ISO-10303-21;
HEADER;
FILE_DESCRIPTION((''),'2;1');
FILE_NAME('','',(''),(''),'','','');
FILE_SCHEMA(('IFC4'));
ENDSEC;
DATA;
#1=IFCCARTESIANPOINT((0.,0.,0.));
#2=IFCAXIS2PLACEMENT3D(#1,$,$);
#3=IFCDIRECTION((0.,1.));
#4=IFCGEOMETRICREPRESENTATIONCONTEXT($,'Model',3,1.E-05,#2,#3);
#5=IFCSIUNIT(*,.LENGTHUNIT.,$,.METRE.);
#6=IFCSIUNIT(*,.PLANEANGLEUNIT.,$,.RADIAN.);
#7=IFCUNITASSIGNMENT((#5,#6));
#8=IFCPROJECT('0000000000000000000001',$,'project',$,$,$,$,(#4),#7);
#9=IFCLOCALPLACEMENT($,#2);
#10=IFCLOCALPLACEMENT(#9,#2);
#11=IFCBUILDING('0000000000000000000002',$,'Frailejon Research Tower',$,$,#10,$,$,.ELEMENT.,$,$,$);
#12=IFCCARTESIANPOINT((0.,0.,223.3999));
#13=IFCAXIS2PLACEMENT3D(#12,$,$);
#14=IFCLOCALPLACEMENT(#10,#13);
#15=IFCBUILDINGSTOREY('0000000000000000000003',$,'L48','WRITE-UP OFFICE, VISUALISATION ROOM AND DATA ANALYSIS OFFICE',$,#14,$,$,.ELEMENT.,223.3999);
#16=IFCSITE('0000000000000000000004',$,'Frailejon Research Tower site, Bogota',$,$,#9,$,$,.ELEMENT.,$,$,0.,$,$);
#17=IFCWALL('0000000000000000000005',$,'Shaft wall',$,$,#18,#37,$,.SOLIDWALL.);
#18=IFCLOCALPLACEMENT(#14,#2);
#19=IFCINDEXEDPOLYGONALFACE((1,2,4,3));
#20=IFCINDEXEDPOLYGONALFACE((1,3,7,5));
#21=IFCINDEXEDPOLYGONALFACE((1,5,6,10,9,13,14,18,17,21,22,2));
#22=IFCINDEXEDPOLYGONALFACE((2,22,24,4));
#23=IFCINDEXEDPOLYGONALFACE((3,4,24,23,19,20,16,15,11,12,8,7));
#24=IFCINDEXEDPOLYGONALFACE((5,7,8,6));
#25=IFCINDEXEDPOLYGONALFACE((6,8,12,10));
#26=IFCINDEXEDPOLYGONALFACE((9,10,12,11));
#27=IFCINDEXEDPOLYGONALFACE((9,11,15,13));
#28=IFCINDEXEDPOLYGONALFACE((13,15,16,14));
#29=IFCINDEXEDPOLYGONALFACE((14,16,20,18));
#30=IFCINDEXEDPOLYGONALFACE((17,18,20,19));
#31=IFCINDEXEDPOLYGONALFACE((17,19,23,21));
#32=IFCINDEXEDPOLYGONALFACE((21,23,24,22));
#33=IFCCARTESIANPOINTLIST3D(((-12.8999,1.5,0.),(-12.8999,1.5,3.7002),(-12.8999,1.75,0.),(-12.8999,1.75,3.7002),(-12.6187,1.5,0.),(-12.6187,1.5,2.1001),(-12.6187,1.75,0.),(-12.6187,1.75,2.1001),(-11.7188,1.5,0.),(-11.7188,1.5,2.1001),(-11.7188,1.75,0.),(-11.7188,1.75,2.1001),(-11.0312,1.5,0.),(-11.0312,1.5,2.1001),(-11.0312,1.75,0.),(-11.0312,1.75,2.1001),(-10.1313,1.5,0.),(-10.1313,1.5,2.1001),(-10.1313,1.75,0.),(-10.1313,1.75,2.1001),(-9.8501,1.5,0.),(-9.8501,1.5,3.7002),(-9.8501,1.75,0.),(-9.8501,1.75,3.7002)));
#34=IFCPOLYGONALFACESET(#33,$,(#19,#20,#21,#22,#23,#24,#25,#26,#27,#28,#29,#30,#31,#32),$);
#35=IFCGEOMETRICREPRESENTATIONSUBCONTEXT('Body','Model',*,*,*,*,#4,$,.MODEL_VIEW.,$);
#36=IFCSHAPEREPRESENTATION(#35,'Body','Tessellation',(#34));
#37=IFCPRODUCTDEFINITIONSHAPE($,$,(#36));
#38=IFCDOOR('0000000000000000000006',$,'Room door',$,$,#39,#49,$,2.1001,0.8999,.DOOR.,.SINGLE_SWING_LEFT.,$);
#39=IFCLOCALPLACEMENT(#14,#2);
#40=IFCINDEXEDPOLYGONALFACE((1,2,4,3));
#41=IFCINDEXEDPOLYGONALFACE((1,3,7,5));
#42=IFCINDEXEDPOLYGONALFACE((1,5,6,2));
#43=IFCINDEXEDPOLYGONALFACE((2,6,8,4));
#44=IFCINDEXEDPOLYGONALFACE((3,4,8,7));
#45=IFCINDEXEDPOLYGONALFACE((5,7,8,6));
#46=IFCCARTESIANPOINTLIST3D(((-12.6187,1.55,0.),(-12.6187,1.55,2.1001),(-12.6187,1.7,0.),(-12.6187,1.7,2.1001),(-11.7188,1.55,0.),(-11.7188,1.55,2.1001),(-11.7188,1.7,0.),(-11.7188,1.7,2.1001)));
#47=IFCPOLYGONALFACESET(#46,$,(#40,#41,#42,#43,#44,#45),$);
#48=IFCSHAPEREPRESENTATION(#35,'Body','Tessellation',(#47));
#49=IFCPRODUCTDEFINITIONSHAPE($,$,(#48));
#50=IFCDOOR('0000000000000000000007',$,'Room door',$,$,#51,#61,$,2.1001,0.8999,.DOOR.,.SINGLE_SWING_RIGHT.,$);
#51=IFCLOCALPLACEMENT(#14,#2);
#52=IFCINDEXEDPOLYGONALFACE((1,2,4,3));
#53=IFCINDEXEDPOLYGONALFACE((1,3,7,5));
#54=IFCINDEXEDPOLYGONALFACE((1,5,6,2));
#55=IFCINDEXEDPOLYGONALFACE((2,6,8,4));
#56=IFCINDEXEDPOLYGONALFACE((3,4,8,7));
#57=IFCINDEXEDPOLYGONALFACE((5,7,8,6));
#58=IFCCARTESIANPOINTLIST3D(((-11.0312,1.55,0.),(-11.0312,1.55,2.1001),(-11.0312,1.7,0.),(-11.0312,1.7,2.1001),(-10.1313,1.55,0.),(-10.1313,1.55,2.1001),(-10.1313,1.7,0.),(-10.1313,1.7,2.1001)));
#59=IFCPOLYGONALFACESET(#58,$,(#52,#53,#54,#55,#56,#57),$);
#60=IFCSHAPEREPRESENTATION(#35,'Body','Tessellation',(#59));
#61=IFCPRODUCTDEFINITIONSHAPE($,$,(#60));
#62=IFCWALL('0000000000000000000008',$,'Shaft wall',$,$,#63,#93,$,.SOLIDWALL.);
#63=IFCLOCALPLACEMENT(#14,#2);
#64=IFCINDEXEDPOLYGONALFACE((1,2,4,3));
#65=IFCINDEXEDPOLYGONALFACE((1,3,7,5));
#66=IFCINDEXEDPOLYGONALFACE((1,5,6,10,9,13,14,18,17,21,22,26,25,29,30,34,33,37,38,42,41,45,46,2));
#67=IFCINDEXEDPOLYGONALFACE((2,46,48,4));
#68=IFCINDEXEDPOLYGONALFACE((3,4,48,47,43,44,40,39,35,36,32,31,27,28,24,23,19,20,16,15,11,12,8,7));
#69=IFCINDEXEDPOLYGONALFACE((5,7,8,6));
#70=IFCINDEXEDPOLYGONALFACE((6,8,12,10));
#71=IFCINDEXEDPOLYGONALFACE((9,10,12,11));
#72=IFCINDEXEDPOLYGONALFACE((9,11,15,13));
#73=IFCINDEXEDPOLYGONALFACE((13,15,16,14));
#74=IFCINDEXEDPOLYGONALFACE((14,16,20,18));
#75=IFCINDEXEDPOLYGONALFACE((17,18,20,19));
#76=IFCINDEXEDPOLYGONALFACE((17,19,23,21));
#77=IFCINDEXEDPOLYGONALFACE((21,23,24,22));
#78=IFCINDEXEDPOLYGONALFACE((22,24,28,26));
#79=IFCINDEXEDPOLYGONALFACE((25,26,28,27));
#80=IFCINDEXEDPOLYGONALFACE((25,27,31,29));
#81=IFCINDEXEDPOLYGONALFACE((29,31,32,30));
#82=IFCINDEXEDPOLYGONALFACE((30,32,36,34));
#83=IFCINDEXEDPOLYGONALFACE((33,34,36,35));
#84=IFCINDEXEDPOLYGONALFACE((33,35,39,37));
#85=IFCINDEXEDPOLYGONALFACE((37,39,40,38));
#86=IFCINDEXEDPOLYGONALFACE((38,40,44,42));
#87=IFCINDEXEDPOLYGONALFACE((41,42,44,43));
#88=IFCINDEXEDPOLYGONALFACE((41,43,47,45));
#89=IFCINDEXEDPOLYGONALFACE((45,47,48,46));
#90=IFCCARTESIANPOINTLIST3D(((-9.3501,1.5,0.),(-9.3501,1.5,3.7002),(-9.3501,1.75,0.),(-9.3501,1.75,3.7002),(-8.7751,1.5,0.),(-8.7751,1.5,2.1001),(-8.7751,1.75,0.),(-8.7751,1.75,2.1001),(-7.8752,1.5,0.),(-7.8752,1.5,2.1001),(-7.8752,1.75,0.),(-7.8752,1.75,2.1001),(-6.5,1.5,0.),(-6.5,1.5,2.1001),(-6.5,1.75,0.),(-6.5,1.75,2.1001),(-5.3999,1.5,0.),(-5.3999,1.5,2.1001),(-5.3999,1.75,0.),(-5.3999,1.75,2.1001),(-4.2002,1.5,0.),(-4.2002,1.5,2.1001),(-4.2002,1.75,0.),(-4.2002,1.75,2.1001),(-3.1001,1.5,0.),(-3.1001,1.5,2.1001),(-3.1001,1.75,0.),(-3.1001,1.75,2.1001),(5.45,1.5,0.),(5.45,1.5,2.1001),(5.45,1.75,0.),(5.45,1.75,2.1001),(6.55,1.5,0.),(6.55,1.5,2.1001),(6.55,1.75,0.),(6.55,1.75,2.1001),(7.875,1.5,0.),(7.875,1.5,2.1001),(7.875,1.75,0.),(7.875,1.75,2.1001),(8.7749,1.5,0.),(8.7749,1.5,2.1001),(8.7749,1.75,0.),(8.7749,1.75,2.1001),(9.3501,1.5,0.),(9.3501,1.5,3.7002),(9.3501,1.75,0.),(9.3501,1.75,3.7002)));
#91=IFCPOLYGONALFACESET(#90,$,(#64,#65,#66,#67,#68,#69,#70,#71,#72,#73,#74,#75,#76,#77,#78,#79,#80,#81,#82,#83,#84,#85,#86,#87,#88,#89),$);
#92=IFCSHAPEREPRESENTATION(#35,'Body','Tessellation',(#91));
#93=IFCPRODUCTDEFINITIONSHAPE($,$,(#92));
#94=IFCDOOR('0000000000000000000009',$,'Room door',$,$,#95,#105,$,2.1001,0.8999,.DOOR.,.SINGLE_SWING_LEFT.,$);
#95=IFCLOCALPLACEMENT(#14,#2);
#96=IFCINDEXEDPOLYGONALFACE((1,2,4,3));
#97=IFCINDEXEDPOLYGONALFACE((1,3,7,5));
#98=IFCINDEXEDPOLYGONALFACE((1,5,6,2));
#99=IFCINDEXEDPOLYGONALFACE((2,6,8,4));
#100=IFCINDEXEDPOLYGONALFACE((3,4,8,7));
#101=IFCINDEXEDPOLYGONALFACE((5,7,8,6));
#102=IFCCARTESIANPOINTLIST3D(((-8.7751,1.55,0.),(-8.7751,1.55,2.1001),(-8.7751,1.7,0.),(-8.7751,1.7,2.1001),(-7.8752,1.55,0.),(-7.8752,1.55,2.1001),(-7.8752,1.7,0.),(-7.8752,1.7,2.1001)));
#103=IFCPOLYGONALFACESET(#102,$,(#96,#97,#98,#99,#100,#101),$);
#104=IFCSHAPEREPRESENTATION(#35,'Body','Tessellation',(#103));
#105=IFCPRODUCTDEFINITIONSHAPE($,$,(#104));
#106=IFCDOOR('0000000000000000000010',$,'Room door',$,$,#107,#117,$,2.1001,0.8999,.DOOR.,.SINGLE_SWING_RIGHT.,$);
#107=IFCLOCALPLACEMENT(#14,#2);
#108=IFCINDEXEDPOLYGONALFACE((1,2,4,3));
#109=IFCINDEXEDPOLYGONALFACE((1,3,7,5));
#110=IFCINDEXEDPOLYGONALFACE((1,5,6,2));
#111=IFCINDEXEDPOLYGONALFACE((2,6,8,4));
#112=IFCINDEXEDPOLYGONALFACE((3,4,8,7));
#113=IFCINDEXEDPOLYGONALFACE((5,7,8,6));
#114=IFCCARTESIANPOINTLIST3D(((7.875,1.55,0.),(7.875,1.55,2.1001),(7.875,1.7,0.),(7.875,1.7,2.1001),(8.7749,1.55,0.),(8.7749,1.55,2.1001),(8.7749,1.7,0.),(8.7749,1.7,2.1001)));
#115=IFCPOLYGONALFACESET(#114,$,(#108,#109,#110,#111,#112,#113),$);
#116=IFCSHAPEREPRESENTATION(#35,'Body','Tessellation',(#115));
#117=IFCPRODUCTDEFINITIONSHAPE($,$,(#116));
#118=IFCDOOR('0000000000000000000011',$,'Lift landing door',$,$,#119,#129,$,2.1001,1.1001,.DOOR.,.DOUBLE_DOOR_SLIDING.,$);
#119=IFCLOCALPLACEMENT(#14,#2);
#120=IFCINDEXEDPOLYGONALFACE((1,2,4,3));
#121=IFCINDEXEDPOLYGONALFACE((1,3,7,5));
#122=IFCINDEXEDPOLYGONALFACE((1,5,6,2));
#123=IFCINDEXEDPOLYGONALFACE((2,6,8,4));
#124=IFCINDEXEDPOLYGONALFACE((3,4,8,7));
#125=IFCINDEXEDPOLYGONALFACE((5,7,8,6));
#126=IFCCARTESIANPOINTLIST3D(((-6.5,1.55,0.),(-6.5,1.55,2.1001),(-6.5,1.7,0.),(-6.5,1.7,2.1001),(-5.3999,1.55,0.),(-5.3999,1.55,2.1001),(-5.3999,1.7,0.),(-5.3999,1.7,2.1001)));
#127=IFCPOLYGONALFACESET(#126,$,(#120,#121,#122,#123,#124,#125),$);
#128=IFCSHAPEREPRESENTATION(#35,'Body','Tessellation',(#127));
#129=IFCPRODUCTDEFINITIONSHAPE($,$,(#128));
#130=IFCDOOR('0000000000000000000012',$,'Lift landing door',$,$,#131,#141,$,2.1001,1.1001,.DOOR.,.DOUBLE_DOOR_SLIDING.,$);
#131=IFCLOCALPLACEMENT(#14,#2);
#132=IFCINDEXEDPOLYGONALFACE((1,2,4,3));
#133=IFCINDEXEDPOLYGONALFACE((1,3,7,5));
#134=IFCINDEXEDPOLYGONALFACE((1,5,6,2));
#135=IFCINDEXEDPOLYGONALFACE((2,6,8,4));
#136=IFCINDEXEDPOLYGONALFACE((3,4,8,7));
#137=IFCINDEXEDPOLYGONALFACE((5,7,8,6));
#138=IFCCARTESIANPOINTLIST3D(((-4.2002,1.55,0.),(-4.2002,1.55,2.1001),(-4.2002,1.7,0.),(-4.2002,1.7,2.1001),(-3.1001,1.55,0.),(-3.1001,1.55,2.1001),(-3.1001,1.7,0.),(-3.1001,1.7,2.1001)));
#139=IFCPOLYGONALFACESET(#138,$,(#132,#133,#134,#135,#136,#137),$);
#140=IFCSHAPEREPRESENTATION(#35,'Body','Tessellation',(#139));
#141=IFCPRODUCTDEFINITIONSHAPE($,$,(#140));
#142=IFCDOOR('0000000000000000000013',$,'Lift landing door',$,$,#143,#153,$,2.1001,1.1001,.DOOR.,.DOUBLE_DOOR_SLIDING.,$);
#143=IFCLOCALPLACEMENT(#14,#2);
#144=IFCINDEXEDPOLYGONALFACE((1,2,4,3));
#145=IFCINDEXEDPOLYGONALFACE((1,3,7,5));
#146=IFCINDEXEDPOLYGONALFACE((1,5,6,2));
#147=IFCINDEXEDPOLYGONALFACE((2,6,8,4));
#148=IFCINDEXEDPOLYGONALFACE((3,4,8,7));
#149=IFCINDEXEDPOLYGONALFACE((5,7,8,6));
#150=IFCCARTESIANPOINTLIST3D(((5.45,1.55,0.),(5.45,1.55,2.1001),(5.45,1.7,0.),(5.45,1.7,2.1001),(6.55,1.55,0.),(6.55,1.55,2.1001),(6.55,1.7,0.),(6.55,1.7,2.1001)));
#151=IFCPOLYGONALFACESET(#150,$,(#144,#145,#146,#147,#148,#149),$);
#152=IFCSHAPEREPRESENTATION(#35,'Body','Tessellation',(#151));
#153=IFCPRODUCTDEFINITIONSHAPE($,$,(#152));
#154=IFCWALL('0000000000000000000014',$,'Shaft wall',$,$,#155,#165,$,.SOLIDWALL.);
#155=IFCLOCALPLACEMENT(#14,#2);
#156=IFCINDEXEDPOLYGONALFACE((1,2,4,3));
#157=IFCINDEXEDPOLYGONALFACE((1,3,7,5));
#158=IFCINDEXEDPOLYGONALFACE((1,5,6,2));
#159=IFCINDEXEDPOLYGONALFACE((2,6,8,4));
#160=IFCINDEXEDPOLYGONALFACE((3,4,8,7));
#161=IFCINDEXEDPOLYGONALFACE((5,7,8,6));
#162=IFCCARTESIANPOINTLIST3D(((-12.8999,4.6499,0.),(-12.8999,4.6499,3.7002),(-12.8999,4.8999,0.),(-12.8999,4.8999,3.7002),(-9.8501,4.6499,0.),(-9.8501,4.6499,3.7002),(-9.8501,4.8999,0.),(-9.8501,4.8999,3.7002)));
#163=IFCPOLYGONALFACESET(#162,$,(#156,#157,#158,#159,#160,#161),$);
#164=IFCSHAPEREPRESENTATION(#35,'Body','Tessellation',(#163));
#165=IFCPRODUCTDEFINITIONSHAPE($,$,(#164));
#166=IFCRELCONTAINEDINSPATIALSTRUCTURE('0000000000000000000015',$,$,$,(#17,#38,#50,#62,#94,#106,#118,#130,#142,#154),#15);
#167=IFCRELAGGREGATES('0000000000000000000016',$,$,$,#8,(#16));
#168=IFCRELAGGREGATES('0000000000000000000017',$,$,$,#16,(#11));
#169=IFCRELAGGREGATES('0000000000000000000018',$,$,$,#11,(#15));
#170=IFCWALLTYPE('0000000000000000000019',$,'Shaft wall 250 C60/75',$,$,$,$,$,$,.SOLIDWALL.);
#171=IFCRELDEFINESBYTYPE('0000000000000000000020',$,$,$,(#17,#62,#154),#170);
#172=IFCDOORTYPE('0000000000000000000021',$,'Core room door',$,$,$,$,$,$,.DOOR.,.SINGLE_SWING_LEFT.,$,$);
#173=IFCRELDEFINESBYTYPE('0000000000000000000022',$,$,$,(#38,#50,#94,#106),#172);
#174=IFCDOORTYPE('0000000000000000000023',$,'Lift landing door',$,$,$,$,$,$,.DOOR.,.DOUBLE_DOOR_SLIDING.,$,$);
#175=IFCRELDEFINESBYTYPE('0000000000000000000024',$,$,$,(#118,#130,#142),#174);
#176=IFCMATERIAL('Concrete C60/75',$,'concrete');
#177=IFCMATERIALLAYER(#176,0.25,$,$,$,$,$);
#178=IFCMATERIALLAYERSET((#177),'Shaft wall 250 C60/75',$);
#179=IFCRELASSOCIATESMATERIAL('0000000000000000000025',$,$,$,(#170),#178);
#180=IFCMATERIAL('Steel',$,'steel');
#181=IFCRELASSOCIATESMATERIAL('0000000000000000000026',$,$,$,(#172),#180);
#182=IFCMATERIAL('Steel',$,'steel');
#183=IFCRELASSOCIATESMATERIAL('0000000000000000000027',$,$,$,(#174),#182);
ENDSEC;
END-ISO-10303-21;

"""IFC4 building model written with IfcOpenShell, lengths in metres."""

from ifc_helpers import new_model, si_unit, direction, frame, frame_2d, origin, place, context, subcontext, project, spatial, rectangle, extrude, material, layer, layer_set, type_object, element, fill, save


model = new_model("IFC4")

# Units and contexts
model_context = context("Model", 3, precision=1e-05, world=origin(), true_north=direction((0.0, 1.0)))
body_context = subcontext(model_context, "Body", "Model", "MODEL_VIEW")
ifc_project = project(units=[si_unit("LENGTHUNIT", "METRE"), si_unit("PLANEANGLEUNIT", "RADIAN")], contexts=[model_context])

# Site, building, storey
site_placement = place(None, origin())
site = spatial("IfcSite", under=ifc_project, at=site_placement, Name="Frailejon Research Tower site, Bogota", CompositionType="ELEMENT", RefElevation=0.0)
building_placement = place(site_placement, origin())
building = spatial("IfcBuilding", under=site, at=building_placement, Name="Frailejon Research Tower", CompositionType="ELEMENT")
storey_placement = place(building_placement, frame((0.0, 0.0, 223.3999)))
storey = spatial("IfcBuildingStorey", under=building, at=storey_placement, Name="L48", Description="WRITE-UP OFFICE, VISUALISATION ROOM AND DATA ANALYSIS OFFICE", CompositionType="ELEMENT", Elevation=223.3999)

# Walls, openings, doors
ifc_material_1 = material(Name="Concrete C60/75", Category="concrete")
ifc_layer_1 = layer(ifc_material_1, 0.25)
ifc_layer_set_1 = layer_set([ifc_layer_1], Name="Shaft wall 250 C60/75")
wall_type_1 = type_object("IfcWallType", Name="Shaft wall 250 C60/75", PredefinedType="SOLIDWALL", material=ifc_layer_set_1)
wall_1_placement = place(storey_placement, frame((-12.8999, 1.625, 0.0), z_axis=(0.0, 0.0, 1.0), x_axis=(1.0, 0.0, 0.0)))
wall_1 = element("IfcWall", 1, at=wall_1_placement, inside=storey, type_object=wall_type_1, Name="Shaft wall", PredefinedType="SOLIDWALL", context=body_context, shape_type="SweptSolid", body=[
    extrude(rectangle(XDim=3.0498, YDim=0.25, at=frame_2d((1.5249, 0.0))), origin(), (0.0, 0.0, 1.0), 3.7002),
])
opening_1_placement = place(wall_1_placement, frame((0.2812, 0.0, 0.0)))
opening_1 = element("IfcOpeningElement", 2, at=opening_1_placement, cuts=wall_1, PredefinedType="OPENING", context=body_context, shape_type="SweptSolid", body=[
    extrude(rectangle(XDim=0.8999, YDim=2.1001, at=frame_2d((0.45, 1.05))), frame((0.0, 0.135, 0.0), z_axis=(0.0, -1.0, 0.0), x_axis=(1.0, 0.0, 0.0)), (0.0, 0.0, 1.0), 0.27),
])
opening_2_placement = place(wall_1_placement, frame((1.8687, 0.0, 0.0)))
opening_2 = element("IfcOpeningElement", 3, at=opening_2_placement, cuts=wall_1, PredefinedType="OPENING", context=body_context, shape_type="SweptSolid", body=[
    extrude(rectangle(XDim=0.8999, YDim=2.1001, at=frame_2d((0.45, 1.05))), frame((0.0, 0.135, 0.0), z_axis=(0.0, -1.0, 0.0), x_axis=(1.0, 0.0, 0.0)), (0.0, 0.0, 1.0), 0.27),
])
ifc_material_2 = material(Name="Steel", Category="steel")
door_type_1 = type_object("IfcDoorType", Name="Core room door", OperationType="SINGLE_SWING_LEFT", PredefinedType="DOOR", material=ifc_material_2)
door_1_placement = place(opening_1_placement, origin())
door_1 = element("IfcDoor", 4, at=door_1_placement, inside=storey, type_object=door_type_1, Name="Room door", OperationType="SINGLE_SWING_LEFT", OverallHeight=2.1001, OverallWidth=0.8999, PredefinedType="DOOR", context=body_context, shape_type="SweptSolid", body=[
    extrude(rectangle(XDim=0.8999, YDim=2.1001, at=frame_2d((0.45, 1.05))), frame((0.0, 0.075, 0.0), z_axis=(0.0, -1.0, 0.0), x_axis=(1.0, 0.0, 0.0)), (0.0, 0.0, 1.0), 0.1499),
])
fill(opening_1, door_1)
door_2_placement = place(opening_2_placement, origin())
door_2 = element("IfcDoor", 5, at=door_2_placement, inside=storey, type_object=door_type_1, Name="Room door", OperationType="SINGLE_SWING_RIGHT", OverallHeight=2.1001, OverallWidth=0.8999, PredefinedType="DOOR", context=body_context, shape_type="SweptSolid", body=[
    extrude(rectangle(XDim=0.8999, YDim=2.1001, at=frame_2d((0.45, 1.05))), frame((0.0, 0.075, 0.0), z_axis=(0.0, -1.0, 0.0), x_axis=(1.0, 0.0, 0.0)), (0.0, 0.0, 1.0), 0.1499),
])
fill(opening_2, door_2)
wall_2_placement = place(storey_placement, frame((-9.3501, 1.625, 0.0), z_axis=(0.0, 0.0, 1.0), x_axis=(1.0, 0.0, 0.0)))
wall_2 = element("IfcWall", 6, at=wall_2_placement, inside=storey, type_object=wall_type_1, Name="Shaft wall", PredefinedType="SOLIDWALL", context=body_context, shape_type="SweptSolid", body=[
    extrude(rectangle(XDim=18.7002, YDim=0.25, at=frame_2d((9.3501, 0.0))), origin(), (0.0, 0.0, 1.0), 3.7002),
])
opening_3_placement = place(wall_2_placement, frame((2.8501, 0.0, 0.0)))
opening_3 = element("IfcOpeningElement", 7, at=opening_3_placement, cuts=wall_2, PredefinedType="OPENING", context=body_context, shape_type="SweptSolid", body=[
    extrude(rectangle(XDim=1.1001, YDim=2.1001, at=frame_2d((0.55, 1.05))), frame((0.0, 0.135, 0.0), z_axis=(0.0, -1.0, 0.0), x_axis=(1.0, 0.0, 0.0)), (0.0, 0.0, 1.0), 0.27),
])
opening_4_placement = place(wall_2_placement, frame((5.1499, 0.0, 0.0)))
opening_4 = element("IfcOpeningElement", 8, at=opening_4_placement, cuts=wall_2, PredefinedType="OPENING", context=body_context, shape_type="SweptSolid", body=[
    extrude(rectangle(XDim=1.1001, YDim=2.1001, at=frame_2d((0.55, 1.05))), frame((0.0, 0.135, 0.0), z_axis=(0.0, -1.0, 0.0), x_axis=(1.0, 0.0, 0.0)), (0.0, 0.0, 1.0), 0.27),
])
opening_5_placement = place(wall_2_placement, frame((14.8, 0.0, 0.0)))
opening_5 = element("IfcOpeningElement", 9, at=opening_5_placement, cuts=wall_2, PredefinedType="OPENING", context=body_context, shape_type="SweptSolid", body=[
    extrude(rectangle(XDim=1.1001, YDim=2.1001, at=frame_2d((0.55, 1.05))), frame((0.0, 0.135, 0.0), z_axis=(0.0, -1.0, 0.0), x_axis=(1.0, 0.0, 0.0)), (0.0, 0.0, 1.0), 0.27),
])
opening_6_placement = place(wall_2_placement, frame((0.575, 0.0, 0.0)))
opening_6 = element("IfcOpeningElement", 10, at=opening_6_placement, cuts=wall_2, PredefinedType="OPENING", context=body_context, shape_type="SweptSolid", body=[
    extrude(rectangle(XDim=0.8999, YDim=2.1001, at=frame_2d((0.45, 1.05))), frame((0.0, 0.135, 0.0), z_axis=(0.0, -1.0, 0.0), x_axis=(1.0, 0.0, 0.0)), (0.0, 0.0, 1.0), 0.27),
])
opening_7_placement = place(wall_2_placement, frame((17.2251, 0.0, 0.0)))
opening_7 = element("IfcOpeningElement", 11, at=opening_7_placement, cuts=wall_2, PredefinedType="OPENING", context=body_context, shape_type="SweptSolid", body=[
    extrude(rectangle(XDim=0.8999, YDim=2.1001, at=frame_2d((0.45, 1.05))), frame((0.0, 0.135, 0.0), z_axis=(0.0, -1.0, 0.0), x_axis=(1.0, 0.0, 0.0)), (0.0, 0.0, 1.0), 0.27),
])
door_3_placement = place(opening_6_placement, origin())
door_3 = element("IfcDoor", 12, at=door_3_placement, inside=storey, type_object=door_type_1, Name="Room door", OperationType="SINGLE_SWING_LEFT", OverallHeight=2.1001, OverallWidth=0.8999, PredefinedType="DOOR", context=body_context, shape_type="SweptSolid", body=[
    extrude(rectangle(XDim=0.8999, YDim=2.1001, at=frame_2d((0.45, 1.05))), frame((0.0, 0.075, 0.0), z_axis=(0.0, -1.0, 0.0), x_axis=(1.0, 0.0, 0.0)), (0.0, 0.0, 1.0), 0.1499),
])
fill(opening_6, door_3)
door_4_placement = place(opening_7_placement, origin())
door_4 = element("IfcDoor", 13, at=door_4_placement, inside=storey, type_object=door_type_1, Name="Room door", OperationType="SINGLE_SWING_RIGHT", OverallHeight=2.1001, OverallWidth=0.8999, PredefinedType="DOOR", context=body_context, shape_type="SweptSolid", body=[
    extrude(rectangle(XDim=0.8999, YDim=2.1001, at=frame_2d((0.45, 1.05))), frame((0.0, 0.075, 0.0), z_axis=(0.0, -1.0, 0.0), x_axis=(1.0, 0.0, 0.0)), (0.0, 0.0, 1.0), 0.1499),
])
fill(opening_7, door_4)
ifc_material_3 = material(Name="Steel", Category="steel")
door_type_2 = type_object("IfcDoorType", Name="Lift landing door", OperationType="DOUBLE_DOOR_SLIDING", PredefinedType="DOOR", material=ifc_material_3)
door_5_placement = place(opening_3_placement, origin())
door_5 = element("IfcDoor", 14, at=door_5_placement, inside=storey, type_object=door_type_2, Name="Lift landing door", OperationType="DOUBLE_DOOR_SLIDING", OverallHeight=2.1001, OverallWidth=1.1001, PredefinedType="DOOR", context=body_context, shape_type="SweptSolid", body=[
    extrude(rectangle(XDim=1.1001, YDim=2.1001, at=frame_2d((0.55, 1.05))), frame((0.0, 0.075, 0.0), z_axis=(0.0, -1.0, 0.0), x_axis=(1.0, 0.0, 0.0)), (0.0, 0.0, 1.0), 0.1499),
])
fill(opening_3, door_5)
door_6_placement = place(opening_4_placement, origin())
door_6 = element("IfcDoor", 15, at=door_6_placement, inside=storey, type_object=door_type_2, Name="Lift landing door", OperationType="DOUBLE_DOOR_SLIDING", OverallHeight=2.1001, OverallWidth=1.1001, PredefinedType="DOOR", context=body_context, shape_type="SweptSolid", body=[
    extrude(rectangle(XDim=1.1001, YDim=2.1001, at=frame_2d((0.55, 1.05))), frame((0.0, 0.075, 0.0), z_axis=(0.0, -1.0, 0.0), x_axis=(1.0, 0.0, 0.0)), (0.0, 0.0, 1.0), 0.1499),
])
fill(opening_4, door_6)
door_7_placement = place(opening_5_placement, origin())
door_7 = element("IfcDoor", 16, at=door_7_placement, inside=storey, type_object=door_type_2, Name="Lift landing door", OperationType="DOUBLE_DOOR_SLIDING", OverallHeight=2.1001, OverallWidth=1.1001, PredefinedType="DOOR", context=body_context, shape_type="SweptSolid", body=[
    extrude(rectangle(XDim=1.1001, YDim=2.1001, at=frame_2d((0.55, 1.05))), frame((0.0, 0.075, 0.0), z_axis=(0.0, -1.0, 0.0), x_axis=(1.0, 0.0, 0.0)), (0.0, 0.0, 1.0), 0.1499),
])
fill(opening_5, door_7)

# Wall
wall_3_placement = place(storey_placement, frame((-12.8999, 4.7749, 0.0), z_axis=(0.0, 0.0, 1.0), x_axis=(1.0, 0.0, 0.0)))
element("IfcWall", 17, at=wall_3_placement, inside=storey, type_object=wall_type_1, Name="Shaft wall", PredefinedType="SOLIDWALL", context=body_context, shape_type="SweptSolid", body=[
    extrude(rectangle(XDim=3.0498, YDim=0.25, at=frame_2d((1.5249, 0.0))), origin(), (0.0, 0.0, 1.0), 3.7002),
])

save(model, "model.ifc")
